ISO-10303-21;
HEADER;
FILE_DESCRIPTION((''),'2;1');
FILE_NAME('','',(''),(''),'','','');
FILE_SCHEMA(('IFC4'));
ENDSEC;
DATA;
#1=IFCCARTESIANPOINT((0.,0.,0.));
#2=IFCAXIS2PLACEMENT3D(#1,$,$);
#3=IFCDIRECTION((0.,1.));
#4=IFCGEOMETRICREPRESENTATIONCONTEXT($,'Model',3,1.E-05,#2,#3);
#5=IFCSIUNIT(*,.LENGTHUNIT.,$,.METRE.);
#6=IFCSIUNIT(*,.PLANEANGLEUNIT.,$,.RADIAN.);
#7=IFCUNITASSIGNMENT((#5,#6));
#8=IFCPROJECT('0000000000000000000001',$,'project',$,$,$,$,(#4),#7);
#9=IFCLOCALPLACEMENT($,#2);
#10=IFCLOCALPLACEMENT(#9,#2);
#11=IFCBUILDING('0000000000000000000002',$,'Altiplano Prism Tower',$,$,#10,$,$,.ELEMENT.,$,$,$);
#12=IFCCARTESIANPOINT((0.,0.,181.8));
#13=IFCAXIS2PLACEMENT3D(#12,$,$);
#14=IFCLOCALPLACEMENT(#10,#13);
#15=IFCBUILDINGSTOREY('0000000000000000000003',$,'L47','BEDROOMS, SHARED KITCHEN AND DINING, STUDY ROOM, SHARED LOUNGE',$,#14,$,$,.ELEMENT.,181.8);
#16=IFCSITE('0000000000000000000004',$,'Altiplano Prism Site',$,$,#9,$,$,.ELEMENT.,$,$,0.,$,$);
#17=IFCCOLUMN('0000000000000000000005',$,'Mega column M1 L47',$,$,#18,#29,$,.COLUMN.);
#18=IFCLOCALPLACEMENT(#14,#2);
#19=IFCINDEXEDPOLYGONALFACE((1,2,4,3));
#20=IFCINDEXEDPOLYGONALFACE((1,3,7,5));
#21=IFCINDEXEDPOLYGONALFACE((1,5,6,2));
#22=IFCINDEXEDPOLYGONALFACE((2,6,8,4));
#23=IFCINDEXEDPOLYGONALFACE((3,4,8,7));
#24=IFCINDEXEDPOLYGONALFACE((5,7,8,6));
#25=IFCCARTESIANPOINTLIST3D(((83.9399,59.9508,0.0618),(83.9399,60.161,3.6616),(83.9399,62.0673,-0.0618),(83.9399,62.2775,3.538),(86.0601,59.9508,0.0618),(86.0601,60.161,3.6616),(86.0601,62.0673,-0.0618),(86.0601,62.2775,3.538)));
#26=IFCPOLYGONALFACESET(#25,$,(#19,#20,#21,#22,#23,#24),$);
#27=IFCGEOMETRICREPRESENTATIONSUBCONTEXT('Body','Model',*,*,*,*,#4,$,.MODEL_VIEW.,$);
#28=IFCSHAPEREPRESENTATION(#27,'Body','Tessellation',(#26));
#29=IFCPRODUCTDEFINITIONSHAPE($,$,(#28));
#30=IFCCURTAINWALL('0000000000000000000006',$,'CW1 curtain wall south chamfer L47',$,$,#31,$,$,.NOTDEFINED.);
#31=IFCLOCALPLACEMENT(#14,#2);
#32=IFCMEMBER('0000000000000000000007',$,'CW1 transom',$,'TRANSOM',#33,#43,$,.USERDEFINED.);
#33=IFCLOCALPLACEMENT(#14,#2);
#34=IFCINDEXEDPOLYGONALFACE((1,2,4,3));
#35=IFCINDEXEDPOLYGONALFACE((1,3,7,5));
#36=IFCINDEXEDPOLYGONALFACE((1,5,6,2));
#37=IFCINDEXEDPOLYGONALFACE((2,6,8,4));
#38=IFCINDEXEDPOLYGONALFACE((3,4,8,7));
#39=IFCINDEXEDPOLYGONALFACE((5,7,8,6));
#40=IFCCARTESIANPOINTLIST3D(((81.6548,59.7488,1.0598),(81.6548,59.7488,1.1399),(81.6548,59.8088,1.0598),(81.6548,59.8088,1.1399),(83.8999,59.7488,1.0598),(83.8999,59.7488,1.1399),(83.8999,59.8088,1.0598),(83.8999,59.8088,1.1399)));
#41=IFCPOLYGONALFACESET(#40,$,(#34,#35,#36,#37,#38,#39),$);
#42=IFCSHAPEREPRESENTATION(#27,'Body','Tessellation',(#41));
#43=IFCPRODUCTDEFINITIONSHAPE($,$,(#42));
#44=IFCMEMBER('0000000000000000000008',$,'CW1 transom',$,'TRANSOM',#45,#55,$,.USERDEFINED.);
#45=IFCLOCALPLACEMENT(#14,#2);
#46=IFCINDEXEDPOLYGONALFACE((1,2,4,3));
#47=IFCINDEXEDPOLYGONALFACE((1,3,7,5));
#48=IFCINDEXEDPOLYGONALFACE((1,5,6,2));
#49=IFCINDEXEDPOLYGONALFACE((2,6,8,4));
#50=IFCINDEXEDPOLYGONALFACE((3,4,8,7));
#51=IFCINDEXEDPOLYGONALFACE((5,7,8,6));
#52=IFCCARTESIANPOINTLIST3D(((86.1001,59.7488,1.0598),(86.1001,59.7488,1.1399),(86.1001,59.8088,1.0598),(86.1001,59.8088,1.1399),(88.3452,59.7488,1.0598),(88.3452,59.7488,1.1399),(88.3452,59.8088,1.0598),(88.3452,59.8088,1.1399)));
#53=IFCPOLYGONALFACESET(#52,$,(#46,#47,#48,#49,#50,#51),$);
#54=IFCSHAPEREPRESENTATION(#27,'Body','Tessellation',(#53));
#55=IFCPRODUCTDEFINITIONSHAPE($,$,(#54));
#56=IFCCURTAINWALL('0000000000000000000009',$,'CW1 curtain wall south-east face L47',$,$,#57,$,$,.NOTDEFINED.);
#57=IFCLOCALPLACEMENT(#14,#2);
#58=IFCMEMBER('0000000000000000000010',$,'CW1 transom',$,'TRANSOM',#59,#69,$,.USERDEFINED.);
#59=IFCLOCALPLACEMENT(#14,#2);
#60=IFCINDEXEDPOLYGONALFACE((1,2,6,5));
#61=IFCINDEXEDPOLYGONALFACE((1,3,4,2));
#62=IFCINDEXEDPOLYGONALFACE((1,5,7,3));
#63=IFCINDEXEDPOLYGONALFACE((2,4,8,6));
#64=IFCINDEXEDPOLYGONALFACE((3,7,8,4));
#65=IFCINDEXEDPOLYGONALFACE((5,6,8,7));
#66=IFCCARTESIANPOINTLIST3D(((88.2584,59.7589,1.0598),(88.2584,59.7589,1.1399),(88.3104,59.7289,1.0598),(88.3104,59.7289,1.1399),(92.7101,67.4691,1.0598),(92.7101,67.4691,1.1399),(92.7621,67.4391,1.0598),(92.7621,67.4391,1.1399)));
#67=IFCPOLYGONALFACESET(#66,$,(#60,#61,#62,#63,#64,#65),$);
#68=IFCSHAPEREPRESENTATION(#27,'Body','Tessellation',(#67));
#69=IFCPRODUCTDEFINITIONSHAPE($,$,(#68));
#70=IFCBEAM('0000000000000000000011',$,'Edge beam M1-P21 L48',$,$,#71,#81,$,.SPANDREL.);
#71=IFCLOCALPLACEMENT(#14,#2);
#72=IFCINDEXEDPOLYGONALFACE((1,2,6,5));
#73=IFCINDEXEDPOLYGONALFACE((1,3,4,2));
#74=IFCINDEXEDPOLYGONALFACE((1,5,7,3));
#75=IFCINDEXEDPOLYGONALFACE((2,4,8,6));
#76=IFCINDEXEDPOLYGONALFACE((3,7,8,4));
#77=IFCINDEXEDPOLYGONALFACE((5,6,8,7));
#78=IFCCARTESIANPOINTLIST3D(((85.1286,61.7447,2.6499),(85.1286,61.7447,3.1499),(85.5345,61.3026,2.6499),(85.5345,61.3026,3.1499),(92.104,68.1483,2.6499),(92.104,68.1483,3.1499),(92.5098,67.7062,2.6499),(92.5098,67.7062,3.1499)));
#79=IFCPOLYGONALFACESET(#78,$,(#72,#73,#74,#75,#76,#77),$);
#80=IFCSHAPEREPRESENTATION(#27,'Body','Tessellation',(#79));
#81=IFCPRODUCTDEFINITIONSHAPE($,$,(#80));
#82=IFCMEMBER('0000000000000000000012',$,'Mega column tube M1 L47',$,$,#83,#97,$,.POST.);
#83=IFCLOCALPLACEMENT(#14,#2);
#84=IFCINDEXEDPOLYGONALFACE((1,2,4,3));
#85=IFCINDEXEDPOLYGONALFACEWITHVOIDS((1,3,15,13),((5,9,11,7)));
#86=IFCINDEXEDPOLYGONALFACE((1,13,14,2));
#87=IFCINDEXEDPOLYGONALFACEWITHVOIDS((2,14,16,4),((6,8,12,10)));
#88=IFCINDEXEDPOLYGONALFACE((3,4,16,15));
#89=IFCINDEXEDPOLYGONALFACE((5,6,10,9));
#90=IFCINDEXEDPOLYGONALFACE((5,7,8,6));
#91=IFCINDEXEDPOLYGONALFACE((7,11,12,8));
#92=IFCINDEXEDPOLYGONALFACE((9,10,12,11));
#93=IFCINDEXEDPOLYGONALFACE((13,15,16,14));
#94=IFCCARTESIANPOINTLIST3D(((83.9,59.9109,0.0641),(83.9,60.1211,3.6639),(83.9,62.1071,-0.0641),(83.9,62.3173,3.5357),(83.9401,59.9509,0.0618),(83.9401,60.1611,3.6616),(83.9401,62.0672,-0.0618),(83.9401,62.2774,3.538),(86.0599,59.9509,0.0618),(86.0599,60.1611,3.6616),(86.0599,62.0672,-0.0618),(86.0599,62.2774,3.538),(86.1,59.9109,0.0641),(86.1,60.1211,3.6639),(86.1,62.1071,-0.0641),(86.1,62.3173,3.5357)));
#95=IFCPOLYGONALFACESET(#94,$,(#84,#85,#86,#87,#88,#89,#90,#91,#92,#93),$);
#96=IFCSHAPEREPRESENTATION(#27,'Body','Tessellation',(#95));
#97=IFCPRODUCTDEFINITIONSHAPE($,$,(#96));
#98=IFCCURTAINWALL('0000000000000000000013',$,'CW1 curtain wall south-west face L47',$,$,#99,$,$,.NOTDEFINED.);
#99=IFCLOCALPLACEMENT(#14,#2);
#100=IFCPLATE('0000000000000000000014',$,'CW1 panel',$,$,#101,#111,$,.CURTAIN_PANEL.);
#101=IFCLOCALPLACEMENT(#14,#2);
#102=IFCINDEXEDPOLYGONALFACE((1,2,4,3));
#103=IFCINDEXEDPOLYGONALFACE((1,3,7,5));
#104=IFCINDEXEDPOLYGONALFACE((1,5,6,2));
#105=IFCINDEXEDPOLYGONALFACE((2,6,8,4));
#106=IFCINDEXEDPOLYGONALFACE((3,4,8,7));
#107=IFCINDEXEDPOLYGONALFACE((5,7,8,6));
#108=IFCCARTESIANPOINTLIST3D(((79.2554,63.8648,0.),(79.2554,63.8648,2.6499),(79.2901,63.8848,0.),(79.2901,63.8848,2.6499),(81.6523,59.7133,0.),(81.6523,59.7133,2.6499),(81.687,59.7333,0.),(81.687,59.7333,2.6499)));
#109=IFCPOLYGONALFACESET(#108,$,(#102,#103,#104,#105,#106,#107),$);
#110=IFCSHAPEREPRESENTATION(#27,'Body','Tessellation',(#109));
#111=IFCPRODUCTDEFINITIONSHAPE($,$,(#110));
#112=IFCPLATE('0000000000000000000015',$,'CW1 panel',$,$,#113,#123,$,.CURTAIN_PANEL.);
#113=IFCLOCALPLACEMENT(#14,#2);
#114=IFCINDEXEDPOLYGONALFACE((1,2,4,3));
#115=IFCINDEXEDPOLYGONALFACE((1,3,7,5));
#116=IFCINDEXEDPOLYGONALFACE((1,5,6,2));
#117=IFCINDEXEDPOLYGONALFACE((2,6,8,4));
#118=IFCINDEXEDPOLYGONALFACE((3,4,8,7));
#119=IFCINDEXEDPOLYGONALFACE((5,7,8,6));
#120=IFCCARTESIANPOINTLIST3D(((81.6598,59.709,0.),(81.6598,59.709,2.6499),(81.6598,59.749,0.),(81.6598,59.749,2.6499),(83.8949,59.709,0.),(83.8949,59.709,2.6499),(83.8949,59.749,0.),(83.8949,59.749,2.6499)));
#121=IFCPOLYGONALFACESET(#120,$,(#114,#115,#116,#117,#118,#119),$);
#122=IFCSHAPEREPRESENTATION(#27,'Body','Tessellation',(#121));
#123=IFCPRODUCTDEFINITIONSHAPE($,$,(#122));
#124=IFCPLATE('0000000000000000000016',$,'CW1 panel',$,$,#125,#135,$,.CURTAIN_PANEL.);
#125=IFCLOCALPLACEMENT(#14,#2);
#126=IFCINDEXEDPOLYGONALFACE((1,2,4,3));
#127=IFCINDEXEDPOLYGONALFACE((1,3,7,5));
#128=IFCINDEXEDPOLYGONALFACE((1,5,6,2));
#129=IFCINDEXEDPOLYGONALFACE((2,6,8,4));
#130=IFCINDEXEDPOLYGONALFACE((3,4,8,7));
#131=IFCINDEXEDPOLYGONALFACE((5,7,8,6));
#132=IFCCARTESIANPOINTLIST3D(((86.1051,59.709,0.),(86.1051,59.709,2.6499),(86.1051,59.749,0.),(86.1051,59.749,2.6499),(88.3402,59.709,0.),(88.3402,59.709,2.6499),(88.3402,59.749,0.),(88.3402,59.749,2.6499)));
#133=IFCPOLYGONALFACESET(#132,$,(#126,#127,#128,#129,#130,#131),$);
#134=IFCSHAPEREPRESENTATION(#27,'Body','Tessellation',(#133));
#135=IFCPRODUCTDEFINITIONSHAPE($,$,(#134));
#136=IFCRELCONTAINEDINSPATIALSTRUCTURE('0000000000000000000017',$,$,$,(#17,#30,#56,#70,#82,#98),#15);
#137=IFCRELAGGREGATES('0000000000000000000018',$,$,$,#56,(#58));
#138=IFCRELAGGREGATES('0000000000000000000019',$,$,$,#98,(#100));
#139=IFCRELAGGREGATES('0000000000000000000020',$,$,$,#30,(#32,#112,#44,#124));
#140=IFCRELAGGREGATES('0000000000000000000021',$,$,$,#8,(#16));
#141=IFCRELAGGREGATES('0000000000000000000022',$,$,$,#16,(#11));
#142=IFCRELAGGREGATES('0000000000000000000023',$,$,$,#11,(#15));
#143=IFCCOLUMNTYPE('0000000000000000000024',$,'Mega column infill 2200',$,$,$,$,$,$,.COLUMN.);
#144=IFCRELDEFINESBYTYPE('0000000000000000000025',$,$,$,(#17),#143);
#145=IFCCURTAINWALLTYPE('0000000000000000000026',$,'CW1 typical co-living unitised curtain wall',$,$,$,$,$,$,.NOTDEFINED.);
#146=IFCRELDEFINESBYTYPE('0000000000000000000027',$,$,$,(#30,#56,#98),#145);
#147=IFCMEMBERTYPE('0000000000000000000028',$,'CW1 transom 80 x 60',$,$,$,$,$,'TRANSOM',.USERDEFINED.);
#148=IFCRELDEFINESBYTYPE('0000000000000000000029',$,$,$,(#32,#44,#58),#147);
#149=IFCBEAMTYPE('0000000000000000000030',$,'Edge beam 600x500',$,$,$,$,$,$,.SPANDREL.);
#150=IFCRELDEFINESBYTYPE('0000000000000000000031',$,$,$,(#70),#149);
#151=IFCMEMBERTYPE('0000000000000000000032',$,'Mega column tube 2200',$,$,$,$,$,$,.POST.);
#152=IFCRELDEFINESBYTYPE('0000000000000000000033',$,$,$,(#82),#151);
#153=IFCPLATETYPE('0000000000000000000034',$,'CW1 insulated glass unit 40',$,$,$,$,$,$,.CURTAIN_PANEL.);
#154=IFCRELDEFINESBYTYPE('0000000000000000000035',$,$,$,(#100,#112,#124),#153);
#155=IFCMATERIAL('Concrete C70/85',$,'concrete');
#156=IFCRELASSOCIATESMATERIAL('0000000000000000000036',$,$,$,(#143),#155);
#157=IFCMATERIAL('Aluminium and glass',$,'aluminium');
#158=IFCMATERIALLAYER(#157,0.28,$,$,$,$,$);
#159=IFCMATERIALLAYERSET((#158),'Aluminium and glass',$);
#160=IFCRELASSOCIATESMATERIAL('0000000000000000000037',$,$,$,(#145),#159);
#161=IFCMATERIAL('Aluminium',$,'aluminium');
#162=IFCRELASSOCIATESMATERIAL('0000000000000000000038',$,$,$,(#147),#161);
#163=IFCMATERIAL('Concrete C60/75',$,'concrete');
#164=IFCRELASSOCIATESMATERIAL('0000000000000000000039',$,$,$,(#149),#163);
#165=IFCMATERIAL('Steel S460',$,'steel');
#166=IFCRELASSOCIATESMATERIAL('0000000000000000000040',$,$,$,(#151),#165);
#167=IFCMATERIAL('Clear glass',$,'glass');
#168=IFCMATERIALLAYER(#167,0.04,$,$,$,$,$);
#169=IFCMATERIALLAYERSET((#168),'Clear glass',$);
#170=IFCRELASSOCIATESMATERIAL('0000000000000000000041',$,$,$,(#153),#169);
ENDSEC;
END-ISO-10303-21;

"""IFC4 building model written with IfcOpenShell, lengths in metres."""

from ifc_helpers import new_model, si_unit, direction, frame, origin, origin_2d, place, context, subcontext, project, spatial, rectangle, hollow_rectangle, extrude, material, layer, layer_set, material_profile, profile_set, type_object, element, aggregate, save


model = new_model("IFC4")

# Units and contexts
model_context = context("Model", 3, precision=1e-05, world=origin(), true_north=direction((0.0, 1.0)))
body_context = subcontext(model_context, "Body", "Model", "MODEL_VIEW")
ifc_project = project(units=[si_unit("LENGTHUNIT", "METRE"), si_unit("PLANEANGLEUNIT", "RADIAN")], contexts=[model_context])

# Site, building, storey
site_placement = place(None, origin())
site = spatial("IfcSite", under=ifc_project, at=site_placement, Name="Altiplano Prism Site", CompositionType="ELEMENT", RefElevation=0.0)
building_placement = place(site_placement, origin())
building = spatial("IfcBuilding", under=site, at=building_placement, Name="Altiplano Prism Tower", CompositionType="ELEMENT")
storey_placement = place(building_placement, frame((0.0, 0.0, 181.8)))
storey = spatial("IfcBuildingStorey", under=building, at=storey_placement, Name="L47", Description="BEDROOMS, SHARED KITCHEN AND DINING, STUDY ROOM, SHARED LOUNGE", CompositionType="ELEMENT", Elevation=181.8)

# Column
ifc_material_1 = material(Name="Concrete C70/85", Category="concrete")
ifc_material_profile_1 = material_profile(ifc_material_1, rectangle(XDim=2.1201, YDim=2.1201, at=origin_2d()), Name="Mega column infill 2200")
ifc_profile_set_1 = profile_set([ifc_material_profile_1], Name="Concrete C70/85")
column_type = type_object("IfcColumnType", Name="Mega column infill 2200", PredefinedType="COLUMN", material=ifc_profile_set_1)
column_placement = place(storey_placement, frame((85.0, 61.009, 0.0), z_axis=(0.0, 0.058293, 0.998299), x_axis=(-1.0, 0.0, 0.0)))
element("IfcColumn", 1, at=column_placement, inside=storey, type_object=column_type, Name="Mega column M1 L47", PredefinedType="COLUMN", context=body_context, shape_type="SweptSolid", body=[
    extrude(rectangle(XDim=2.1201, YDim=2.1201, at=origin_2d()), origin(), (0.0, 0.0, 1.0), 3.606),
])

# Curtain wall, members
ifc_material_2 = material(Name="Aluminium and glass", Category="aluminium")
ifc_layer_1 = layer(ifc_material_2, 0.28)
ifc_layer_set_1 = layer_set([ifc_layer_1], Name="Aluminium and glass")
curtain_wall_type = type_object("IfcCurtainWallType", Name="CW1 typical co-living unitised curtain wall", PredefinedType="NOTDEFINED", material=ifc_layer_set_1)
curtain_wall_1_placement = place(storey_placement, origin())
curtain_wall_1 = element("IfcCurtainWall", 2, at=curtain_wall_1_placement, inside=storey, type_object=curtain_wall_type, Name="CW1 curtain wall south chamfer L47", PredefinedType="NOTDEFINED")
ifc_material_3 = material(Name="Aluminium", Category="aluminium")
ifc_material_profile_2 = material_profile(ifc_material_3, rectangle(XDim=0.0601, YDim=0.0801, at=origin_2d()), Name="CW1 transom 80 x 60")
ifc_profile_set_2 = profile_set([ifc_material_profile_2], Name="Aluminium")
member_type_1 = type_object("IfcMemberType", Name="CW1 transom 80 x 60", ElementType="TRANSOM", PredefinedType="USERDEFINED", material=ifc_profile_set_2)
member_1_placement = place(storey_placement, frame((81.6548, 59.7788, 1.0999), z_axis=(1.0, 0.0, 0.0), x_axis=(0.0, 1.0, 0.0)))
member_1 = element("IfcMember", 3, at=member_1_placement, type_object=member_type_1, Name="CW1 transom", ObjectType="TRANSOM", PredefinedType="USERDEFINED", context=body_context, shape_type="SweptSolid", body=[
    extrude(rectangle(XDim=0.0601, YDim=0.0801, at=origin_2d()), origin(), (0.0, 0.0, 1.0), 2.2451),
])
member_2_placement = place(storey_placement, frame((86.1001, 59.7788, 1.0999), z_axis=(1.0, 0.0, 0.0), x_axis=(0.0, 1.0, 0.0)))
member_2 = element("IfcMember", 4, at=member_2_placement, type_object=member_type_1, Name="CW1 transom", ObjectType="TRANSOM", PredefinedType="USERDEFINED", context=body_context, shape_type="SweptSolid", body=[
    extrude(rectangle(XDim=0.0601, YDim=0.0801, at=origin_2d()), origin(), (0.0, 0.0, 1.0), 2.2451),
])

# Curtain wall, member
curtain_wall_2_placement = place(storey_placement, origin())
curtain_wall_2 = element("IfcCurtainWall", 5, at=curtain_wall_2_placement, inside=storey, type_object=curtain_wall_type, Name="CW1 curtain wall south-east face L47", PredefinedType="NOTDEFINED")
member_3_placement = place(storey_placement, frame((88.2844, 59.7439, 1.0999), z_axis=(0.500014, 0.866017, 0.0), x_axis=(-0.866017, 0.500014, 0.0)))
member_3 = element("IfcMember", 6, at=member_3_placement, type_object=member_type_1, Name="CW1 transom", ObjectType="TRANSOM", PredefinedType="USERDEFINED", context=body_context, shape_type="SweptSolid", body=[
    extrude(rectangle(XDim=0.0601, YDim=0.0801, at=origin_2d()), origin(), (0.0, 0.0, 1.0), 8.9031),
])
aggregate(curtain_wall_2, [member_3])

# Beam
ifc_material_4 = material(Name="Concrete C60/75", Category="concrete")
ifc_material_profile_3 = material_profile(ifc_material_4, rectangle(XDim=0.6001, YDim=0.5, at=origin_2d()), Name="Edge beam 600x500")
ifc_profile_set_3 = profile_set([ifc_material_profile_3], Name="Concrete C60/75")
beam_type = type_object("IfcBeamType", Name="Edge beam 600x500", PredefinedType="SPANDREL", material=ifc_profile_set_3)
beam_placement = place(storey_placement, frame((85.3315, 61.5237, 2.8999), z_axis=(0.736654, 0.67627, 0.0), x_axis=(-0.67627, 0.736654, 0.0)))
element("IfcBeam", 7, at=beam_placement, inside=storey, type_object=beam_type, Name="Edge beam M1-P21 L48", PredefinedType="SPANDREL", context=body_context, shape_type="SweptSolid", body=[
    extrude(rectangle(XDim=0.6001, YDim=0.5, at=origin_2d()), origin(), (0.0, 0.0, 1.0), 9.469),
])

# Member
ifc_material_5 = material(Name="Steel S460", Category="steel")
ifc_material_profile_4 = material_profile(ifc_material_5, hollow_rectangle(XDim=2.2, YDim=2.2, WallThickness=0.04, at=origin_2d()), Name="Mega column tube 2200")
ifc_profile_set_4 = profile_set([ifc_material_profile_4], Name="Steel S460")
member_type_2 = type_object("IfcMemberType", Name="Mega column tube 2200", PredefinedType="POST", material=ifc_profile_set_4)
member_4_placement = place(storey_placement, frame((85.0, 61.009, 0.0), z_axis=(0.0, 0.058293, 0.998299), x_axis=(-1.0, 0.0, 0.0)))
element("IfcMember", 8, at=member_4_placement, inside=storey, type_object=member_type_2, Name="Mega column tube M1 L47", PredefinedType="POST", context=body_context, shape_type="SweptSolid", body=[
    extrude(hollow_rectangle(XDim=2.2, YDim=2.2, WallThickness=0.04, at=origin_2d()), origin(), (0.0, 0.0, 1.0), 3.606),
])

# Curtain wall, plate
curtain_wall_3_placement = place(storey_placement, origin())
curtain_wall_3 = element("IfcCurtainWall", 9, at=curtain_wall_3_placement, inside=storey, type_object=curtain_wall_type, Name="CW1 curtain wall south-west face L47", PredefinedType="NOTDEFINED")
ifc_material_6 = material(Name="Clear glass", Category="glass")
ifc_layer_2 = layer(ifc_material_6, 0.04)
ifc_layer_set_2 = layer_set([ifc_layer_2], Name="Clear glass")
plate_type = type_object("IfcPlateType", Name="CW1 insulated glass unit 40", PredefinedType="CURTAIN_PANEL", material=ifc_layer_set_2)
plate_1_placement = place(storey_placement, frame((80.4712, 61.7991, 0.0), z_axis=(0.0, 0.0, 1.0), x_axis=(0.5, -0.866025, 0.0)))
plate_1 = element("IfcPlate", 10, at=plate_1_placement, type_object=plate_type, Name="CW1 panel", PredefinedType="CURTAIN_PANEL", context=body_context, shape_type="SweptSolid", body=[
    extrude(rectangle(XDim=4.7937, YDim=0.04, at=origin_2d()), origin(), (0.0, 0.0, 1.0), 2.6499),
])
aggregate(curtain_wall_3, [plate_1])

# Plates
plate_2_placement = place(storey_placement, frame((82.7773, 59.729, 0.0), z_axis=(0.0, 0.0, 1.0), x_axis=(1.0, 0.0, 0.0)))
plate_2 = element("IfcPlate", 11, at=plate_2_placement, type_object=plate_type, Name="CW1 panel", PredefinedType="CURTAIN_PANEL", context=body_context, shape_type="SweptSolid", body=[
    extrude(rectangle(XDim=2.2351, YDim=0.04, at=origin_2d()), origin(), (0.0, 0.0, 1.0), 2.6499),
])
plate_3_placement = place(storey_placement, frame((87.2227, 59.729, 0.0), z_axis=(0.0, 0.0, 1.0), x_axis=(1.0, 0.0, 0.0)))
plate_3 = element("IfcPlate", 12, at=plate_3_placement, type_object=plate_type, Name="CW1 panel", PredefinedType="CURTAIN_PANEL", context=body_context, shape_type="SweptSolid", body=[
    extrude(rectangle(XDim=2.2351, YDim=0.04, at=origin_2d()), origin(), (0.0, 0.0, 1.0), 2.6499),
])
aggregate(curtain_wall_1, [member_1, plate_2, member_2, plate_3])

save(model, "model.ifc")
